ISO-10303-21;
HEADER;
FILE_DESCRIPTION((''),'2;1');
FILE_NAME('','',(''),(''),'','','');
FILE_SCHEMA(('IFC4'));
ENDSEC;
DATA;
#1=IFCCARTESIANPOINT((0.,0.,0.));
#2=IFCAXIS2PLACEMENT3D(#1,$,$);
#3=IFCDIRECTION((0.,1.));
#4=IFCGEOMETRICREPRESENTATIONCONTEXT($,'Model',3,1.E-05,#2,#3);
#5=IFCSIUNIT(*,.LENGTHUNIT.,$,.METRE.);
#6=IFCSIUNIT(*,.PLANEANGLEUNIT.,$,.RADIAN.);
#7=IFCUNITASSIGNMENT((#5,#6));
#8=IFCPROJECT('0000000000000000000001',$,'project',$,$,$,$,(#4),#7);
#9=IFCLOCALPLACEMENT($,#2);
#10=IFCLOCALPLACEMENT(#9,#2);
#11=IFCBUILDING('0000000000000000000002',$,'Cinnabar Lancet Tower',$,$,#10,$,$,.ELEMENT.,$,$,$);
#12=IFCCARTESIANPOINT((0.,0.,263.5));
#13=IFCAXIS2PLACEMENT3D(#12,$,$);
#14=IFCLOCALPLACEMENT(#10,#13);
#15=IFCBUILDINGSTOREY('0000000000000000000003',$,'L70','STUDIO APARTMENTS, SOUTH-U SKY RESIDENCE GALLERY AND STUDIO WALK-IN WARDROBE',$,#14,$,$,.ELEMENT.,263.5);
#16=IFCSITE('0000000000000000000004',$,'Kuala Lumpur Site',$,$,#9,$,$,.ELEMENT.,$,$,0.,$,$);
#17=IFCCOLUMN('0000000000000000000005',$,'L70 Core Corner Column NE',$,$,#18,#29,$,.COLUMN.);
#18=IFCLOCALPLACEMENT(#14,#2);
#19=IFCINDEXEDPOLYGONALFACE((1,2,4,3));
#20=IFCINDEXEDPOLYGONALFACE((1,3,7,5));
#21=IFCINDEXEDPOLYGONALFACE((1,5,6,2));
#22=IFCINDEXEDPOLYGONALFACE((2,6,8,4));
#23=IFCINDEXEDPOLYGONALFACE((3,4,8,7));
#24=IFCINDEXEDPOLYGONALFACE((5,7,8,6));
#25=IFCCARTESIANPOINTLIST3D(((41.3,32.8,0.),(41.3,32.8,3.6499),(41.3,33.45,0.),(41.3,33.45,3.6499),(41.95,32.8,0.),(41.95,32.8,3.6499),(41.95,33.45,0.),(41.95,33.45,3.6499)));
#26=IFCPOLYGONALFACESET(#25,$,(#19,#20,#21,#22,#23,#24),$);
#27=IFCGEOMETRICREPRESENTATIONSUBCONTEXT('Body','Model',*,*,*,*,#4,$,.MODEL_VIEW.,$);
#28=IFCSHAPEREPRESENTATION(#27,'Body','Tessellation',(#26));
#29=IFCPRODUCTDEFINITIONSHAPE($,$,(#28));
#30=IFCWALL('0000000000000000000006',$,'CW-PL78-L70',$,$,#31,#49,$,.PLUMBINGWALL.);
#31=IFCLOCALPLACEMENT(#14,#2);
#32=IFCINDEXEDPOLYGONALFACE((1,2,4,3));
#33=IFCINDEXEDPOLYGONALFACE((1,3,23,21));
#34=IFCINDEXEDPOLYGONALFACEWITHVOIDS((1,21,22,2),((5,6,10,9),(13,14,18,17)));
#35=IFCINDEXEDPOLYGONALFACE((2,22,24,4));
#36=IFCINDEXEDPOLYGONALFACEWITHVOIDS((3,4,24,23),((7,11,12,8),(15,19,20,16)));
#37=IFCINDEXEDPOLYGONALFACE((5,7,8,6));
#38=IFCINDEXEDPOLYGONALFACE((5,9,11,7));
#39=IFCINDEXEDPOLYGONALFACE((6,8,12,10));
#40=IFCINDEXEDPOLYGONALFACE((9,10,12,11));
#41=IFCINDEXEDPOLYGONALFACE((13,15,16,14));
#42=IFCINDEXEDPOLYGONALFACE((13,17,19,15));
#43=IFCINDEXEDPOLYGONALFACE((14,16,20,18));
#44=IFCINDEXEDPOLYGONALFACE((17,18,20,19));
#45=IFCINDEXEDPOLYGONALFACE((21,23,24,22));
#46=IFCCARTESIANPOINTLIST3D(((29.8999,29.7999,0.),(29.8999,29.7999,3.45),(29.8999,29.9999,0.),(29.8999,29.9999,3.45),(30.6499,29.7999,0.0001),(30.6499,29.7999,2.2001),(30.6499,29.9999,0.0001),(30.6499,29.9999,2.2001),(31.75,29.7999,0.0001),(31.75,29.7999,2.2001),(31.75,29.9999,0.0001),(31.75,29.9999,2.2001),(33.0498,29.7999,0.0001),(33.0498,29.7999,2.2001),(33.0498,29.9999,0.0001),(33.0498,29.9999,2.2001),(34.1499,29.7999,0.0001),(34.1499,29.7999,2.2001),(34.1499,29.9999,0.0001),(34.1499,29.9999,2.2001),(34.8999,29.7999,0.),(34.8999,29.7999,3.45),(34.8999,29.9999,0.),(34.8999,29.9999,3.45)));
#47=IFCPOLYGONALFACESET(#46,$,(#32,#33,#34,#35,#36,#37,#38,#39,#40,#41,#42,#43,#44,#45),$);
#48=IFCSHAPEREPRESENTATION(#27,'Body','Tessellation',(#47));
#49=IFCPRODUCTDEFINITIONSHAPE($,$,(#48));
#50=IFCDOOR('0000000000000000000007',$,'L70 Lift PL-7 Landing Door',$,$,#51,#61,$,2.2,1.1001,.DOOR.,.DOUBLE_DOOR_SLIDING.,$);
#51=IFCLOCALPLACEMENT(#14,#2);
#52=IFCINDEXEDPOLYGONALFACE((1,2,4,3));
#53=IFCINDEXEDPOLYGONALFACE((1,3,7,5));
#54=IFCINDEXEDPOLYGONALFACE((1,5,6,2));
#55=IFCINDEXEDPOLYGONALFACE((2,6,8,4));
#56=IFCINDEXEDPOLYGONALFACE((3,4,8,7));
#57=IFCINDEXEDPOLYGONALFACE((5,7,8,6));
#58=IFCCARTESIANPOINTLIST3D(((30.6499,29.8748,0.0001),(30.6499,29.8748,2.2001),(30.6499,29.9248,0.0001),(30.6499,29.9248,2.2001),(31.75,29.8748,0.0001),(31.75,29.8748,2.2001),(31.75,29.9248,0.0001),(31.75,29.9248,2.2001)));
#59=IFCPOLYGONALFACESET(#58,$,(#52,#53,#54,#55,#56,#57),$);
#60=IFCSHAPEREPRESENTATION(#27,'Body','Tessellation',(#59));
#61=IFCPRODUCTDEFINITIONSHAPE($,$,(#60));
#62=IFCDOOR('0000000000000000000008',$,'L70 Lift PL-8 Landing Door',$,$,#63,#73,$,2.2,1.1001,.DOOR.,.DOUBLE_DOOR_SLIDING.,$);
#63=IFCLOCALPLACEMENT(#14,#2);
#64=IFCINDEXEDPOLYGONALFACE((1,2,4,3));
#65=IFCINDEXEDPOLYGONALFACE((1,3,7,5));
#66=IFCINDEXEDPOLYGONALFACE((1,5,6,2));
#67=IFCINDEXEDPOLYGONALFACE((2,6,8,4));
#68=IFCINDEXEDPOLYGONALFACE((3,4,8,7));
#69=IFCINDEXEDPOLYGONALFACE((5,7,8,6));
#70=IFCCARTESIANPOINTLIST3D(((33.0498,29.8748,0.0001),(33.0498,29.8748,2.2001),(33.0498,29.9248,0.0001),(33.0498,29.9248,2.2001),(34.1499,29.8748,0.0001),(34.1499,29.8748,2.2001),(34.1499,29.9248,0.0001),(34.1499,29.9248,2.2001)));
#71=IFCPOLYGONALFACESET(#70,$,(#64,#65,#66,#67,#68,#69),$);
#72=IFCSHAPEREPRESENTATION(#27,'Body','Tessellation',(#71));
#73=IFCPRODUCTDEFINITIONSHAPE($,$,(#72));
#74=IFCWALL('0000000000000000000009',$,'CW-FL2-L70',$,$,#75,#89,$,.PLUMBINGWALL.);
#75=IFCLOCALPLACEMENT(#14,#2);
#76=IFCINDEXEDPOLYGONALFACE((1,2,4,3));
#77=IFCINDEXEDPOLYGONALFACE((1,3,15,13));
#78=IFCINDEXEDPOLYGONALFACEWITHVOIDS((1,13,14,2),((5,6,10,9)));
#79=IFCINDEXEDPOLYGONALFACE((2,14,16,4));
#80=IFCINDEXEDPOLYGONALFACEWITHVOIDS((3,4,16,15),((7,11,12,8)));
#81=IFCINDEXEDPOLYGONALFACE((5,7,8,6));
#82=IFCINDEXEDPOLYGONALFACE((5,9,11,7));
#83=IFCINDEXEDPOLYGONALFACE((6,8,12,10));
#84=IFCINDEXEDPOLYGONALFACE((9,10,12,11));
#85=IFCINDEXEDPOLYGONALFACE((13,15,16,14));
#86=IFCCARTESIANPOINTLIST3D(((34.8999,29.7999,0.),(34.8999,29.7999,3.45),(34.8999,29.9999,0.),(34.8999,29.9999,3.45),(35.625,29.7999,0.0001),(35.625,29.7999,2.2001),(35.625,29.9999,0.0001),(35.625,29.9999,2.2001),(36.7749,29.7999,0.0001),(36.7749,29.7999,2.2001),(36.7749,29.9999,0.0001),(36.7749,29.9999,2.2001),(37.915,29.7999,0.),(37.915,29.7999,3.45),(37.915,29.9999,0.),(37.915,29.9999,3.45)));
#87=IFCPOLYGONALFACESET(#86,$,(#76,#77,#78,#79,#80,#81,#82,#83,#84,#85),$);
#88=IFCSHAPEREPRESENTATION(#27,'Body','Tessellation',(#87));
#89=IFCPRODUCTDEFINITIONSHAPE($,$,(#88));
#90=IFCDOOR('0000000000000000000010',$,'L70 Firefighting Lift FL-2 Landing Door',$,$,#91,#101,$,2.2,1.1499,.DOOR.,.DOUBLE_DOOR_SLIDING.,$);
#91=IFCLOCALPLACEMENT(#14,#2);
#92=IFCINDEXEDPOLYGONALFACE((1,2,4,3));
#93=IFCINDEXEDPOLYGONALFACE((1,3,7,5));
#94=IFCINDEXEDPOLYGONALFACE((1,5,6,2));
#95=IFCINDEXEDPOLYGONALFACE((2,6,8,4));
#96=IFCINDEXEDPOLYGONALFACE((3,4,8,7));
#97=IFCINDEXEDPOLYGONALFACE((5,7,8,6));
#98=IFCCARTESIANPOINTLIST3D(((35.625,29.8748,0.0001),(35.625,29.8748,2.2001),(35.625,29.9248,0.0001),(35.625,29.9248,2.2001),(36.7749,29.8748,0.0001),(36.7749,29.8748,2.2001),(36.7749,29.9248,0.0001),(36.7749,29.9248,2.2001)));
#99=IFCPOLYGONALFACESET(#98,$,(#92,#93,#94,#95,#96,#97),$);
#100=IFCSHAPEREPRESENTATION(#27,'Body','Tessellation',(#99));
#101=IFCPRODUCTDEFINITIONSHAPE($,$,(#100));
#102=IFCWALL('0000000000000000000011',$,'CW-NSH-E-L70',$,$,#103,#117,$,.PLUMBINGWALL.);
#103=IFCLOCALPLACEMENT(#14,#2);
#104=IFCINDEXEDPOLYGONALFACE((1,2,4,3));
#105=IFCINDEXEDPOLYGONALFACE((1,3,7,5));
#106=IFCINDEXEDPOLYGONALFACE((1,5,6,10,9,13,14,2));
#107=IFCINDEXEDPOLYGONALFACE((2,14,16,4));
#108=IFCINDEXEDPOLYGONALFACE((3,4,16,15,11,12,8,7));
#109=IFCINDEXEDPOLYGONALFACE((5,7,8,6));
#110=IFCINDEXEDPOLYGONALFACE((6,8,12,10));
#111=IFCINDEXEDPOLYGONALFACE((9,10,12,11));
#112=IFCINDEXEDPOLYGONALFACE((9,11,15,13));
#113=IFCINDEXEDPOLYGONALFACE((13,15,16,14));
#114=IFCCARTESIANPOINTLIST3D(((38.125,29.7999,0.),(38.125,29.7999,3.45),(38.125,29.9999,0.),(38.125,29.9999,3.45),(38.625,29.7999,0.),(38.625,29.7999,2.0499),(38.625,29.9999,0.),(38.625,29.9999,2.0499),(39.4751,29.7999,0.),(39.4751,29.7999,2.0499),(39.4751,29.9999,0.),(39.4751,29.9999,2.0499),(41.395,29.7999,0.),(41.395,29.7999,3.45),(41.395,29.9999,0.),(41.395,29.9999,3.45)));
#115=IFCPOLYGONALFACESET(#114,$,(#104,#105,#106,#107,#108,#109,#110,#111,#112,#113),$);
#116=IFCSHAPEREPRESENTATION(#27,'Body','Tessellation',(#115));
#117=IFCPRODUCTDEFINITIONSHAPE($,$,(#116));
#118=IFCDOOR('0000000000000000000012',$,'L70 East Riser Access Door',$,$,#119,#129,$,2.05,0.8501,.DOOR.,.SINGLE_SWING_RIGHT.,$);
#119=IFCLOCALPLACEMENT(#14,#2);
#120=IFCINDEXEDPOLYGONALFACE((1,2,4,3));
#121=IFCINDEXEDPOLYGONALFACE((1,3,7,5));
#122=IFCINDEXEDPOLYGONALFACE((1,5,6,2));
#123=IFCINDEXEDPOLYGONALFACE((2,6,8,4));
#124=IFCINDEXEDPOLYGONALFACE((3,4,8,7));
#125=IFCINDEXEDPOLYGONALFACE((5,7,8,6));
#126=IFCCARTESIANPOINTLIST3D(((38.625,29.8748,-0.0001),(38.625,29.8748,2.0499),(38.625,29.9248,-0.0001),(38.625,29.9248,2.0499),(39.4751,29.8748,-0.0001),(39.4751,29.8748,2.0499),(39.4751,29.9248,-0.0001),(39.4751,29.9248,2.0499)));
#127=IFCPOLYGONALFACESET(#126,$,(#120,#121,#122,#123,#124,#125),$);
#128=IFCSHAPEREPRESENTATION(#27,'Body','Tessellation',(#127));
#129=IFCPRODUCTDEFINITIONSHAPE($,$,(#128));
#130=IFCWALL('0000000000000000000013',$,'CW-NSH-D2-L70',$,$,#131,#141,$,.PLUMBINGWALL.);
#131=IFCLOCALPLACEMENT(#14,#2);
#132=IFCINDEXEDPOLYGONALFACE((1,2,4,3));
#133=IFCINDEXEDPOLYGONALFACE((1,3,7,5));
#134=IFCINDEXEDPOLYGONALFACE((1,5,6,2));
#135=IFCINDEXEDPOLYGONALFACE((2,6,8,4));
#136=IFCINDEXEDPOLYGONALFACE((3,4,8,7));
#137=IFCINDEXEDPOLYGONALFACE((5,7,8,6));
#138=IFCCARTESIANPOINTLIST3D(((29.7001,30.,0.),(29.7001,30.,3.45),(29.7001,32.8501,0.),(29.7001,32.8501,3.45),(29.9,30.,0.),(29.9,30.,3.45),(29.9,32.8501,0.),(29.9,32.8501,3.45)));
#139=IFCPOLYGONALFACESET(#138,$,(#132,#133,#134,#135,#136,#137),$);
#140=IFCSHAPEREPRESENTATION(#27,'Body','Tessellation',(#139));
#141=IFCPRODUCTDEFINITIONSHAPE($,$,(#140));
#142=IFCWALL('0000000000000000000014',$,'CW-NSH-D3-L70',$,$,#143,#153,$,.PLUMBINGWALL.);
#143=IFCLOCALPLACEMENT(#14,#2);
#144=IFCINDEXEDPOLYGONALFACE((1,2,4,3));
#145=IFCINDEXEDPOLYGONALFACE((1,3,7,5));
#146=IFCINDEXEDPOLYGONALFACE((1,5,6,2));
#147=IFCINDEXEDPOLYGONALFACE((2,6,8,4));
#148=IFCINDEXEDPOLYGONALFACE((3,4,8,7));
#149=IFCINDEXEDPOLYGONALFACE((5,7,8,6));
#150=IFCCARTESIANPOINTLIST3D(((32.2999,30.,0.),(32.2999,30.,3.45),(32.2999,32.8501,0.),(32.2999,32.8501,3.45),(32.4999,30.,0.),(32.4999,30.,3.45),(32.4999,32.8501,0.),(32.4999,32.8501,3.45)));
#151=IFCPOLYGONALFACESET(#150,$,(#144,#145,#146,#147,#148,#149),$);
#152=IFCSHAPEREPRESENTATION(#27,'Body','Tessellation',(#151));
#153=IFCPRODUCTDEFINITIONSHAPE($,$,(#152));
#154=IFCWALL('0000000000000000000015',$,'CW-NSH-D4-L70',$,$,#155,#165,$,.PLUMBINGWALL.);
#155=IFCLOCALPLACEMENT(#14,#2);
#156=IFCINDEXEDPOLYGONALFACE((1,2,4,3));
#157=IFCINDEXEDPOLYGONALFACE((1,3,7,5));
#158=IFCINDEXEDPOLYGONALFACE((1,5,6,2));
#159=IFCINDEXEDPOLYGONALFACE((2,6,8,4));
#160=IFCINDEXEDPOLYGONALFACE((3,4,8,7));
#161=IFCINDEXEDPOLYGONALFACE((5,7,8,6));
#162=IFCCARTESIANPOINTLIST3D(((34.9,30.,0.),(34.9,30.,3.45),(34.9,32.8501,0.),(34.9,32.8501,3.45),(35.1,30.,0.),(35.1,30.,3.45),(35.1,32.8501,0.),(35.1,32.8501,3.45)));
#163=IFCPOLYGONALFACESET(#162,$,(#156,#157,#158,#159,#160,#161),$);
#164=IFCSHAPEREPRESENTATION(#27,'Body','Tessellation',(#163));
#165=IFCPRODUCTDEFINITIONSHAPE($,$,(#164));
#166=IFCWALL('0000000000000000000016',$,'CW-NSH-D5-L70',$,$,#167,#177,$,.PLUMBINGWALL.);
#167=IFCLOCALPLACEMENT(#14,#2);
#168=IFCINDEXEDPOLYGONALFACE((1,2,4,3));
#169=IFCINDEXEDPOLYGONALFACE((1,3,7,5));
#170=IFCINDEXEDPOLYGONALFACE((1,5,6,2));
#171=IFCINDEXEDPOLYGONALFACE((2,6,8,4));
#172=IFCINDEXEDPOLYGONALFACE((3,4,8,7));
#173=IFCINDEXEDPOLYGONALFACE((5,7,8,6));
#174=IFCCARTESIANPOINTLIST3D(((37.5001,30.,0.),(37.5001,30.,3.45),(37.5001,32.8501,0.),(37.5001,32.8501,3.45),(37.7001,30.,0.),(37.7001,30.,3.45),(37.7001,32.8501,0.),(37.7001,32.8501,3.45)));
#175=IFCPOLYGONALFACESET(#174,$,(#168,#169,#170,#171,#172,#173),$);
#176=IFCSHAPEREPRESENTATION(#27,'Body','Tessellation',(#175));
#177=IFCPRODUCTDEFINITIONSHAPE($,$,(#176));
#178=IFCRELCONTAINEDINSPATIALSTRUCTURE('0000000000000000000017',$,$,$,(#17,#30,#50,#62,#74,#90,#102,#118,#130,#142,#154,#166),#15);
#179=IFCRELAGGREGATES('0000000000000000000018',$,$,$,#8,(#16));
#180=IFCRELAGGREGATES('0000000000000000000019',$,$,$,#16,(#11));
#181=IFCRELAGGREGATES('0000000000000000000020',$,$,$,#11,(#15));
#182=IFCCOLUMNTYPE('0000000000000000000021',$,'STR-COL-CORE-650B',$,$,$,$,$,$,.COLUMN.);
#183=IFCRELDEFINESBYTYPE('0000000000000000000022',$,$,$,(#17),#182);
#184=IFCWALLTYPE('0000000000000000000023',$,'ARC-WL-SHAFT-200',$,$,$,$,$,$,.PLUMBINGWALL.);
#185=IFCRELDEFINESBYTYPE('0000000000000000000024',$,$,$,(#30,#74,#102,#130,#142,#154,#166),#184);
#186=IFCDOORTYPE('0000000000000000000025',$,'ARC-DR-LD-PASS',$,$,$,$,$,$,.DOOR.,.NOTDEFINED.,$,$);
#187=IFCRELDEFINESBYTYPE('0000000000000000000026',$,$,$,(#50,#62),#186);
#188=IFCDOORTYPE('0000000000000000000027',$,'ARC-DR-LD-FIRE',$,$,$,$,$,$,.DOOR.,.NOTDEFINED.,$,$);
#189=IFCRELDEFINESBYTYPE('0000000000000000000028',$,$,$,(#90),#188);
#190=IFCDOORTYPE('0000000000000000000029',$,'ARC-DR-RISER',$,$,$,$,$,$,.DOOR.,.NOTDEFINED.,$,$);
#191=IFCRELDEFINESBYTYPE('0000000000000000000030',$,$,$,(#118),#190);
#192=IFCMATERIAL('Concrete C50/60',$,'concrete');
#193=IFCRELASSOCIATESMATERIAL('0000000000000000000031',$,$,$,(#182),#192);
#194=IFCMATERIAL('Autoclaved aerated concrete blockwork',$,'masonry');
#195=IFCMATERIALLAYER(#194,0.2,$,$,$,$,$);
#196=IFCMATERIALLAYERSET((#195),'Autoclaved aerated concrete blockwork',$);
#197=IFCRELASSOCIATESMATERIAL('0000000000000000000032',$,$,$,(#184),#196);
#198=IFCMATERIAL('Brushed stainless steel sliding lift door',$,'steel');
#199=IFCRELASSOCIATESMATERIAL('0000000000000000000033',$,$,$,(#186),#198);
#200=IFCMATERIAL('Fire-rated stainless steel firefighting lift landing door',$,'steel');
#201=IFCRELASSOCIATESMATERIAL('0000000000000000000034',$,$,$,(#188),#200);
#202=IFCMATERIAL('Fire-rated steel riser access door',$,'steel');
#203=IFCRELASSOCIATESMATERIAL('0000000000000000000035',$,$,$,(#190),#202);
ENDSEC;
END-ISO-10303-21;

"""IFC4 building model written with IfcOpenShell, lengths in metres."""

from ifc_helpers import new_model, si_unit, direction, frame, frame_2d, origin, origin_2d, place, context, subcontext, project, spatial, rectangle, extrude, material, layer, layer_set, material_profile, profile_set, type_object, element, fill, save


model = new_model("IFC4")

# Units and contexts
model_context = context("Model", 3, precision=1e-05, world=origin(), true_north=direction((0.0, 1.0)))
body_context = subcontext(model_context, "Body", "Model", "MODEL_VIEW")
ifc_project = project(units=[si_unit("LENGTHUNIT", "METRE"), si_unit("PLANEANGLEUNIT", "RADIAN")], contexts=[model_context])

# Site, building, storey
site_placement = place(None, origin())
site = spatial("IfcSite", under=ifc_project, at=site_placement, Name="Kuala Lumpur Site", CompositionType="ELEMENT", RefElevation=0.0)
building_placement = place(site_placement, origin())
building = spatial("IfcBuilding", under=site, at=building_placement, Name="Cinnabar Lancet Tower", CompositionType="ELEMENT")
storey_placement = place(building_placement, frame((0.0, 0.0, 263.5)))
storey = spatial("IfcBuildingStorey", under=building, at=storey_placement, Name="L70", Description="STUDIO APARTMENTS, SOUTH-U SKY RESIDENCE GALLERY AND STUDIO WALK-IN WARDROBE", CompositionType="ELEMENT", Elevation=263.5)

# Column
ifc_material_1 = material(Name="Concrete C50/60", Category="concrete")
ifc_material_profile = material_profile(ifc_material_1, rectangle(XDim=0.6499, YDim=0.6499, at=origin_2d()), Name="RC-COL 650x650")
ifc_profile_set = profile_set([ifc_material_profile], Name="Concrete C50/60")
column_type = type_object("IfcColumnType", Name="STR-COL-CORE-650B", PredefinedType="COLUMN", material=ifc_profile_set)
column_placement = place(storey_placement, frame((41.625, 33.125, 0.0), z_axis=(0.0, 0.0, 1.0), x_axis=(1.0, 0.0, 0.0)))
element("IfcColumn", 1, at=column_placement, inside=storey, type_object=column_type, Name="L70 Core Corner Column NE", PredefinedType="COLUMN", context=body_context, shape_type="SweptSolid", body=[
    extrude(rectangle(XDim=0.6499, YDim=0.6499, at=origin_2d()), origin(), (0.0, 0.0, 1.0), 3.6499),
])

# Wall, openings, doors
ifc_material_2 = material(Name="Autoclaved aerated concrete blockwork", Category="masonry")
ifc_layer_1 = layer(ifc_material_2, 0.2)
ifc_layer_set_1 = layer_set([ifc_layer_1], Name="Autoclaved aerated concrete blockwork")
wall_type_1 = type_object("IfcWallType", Name="ARC-WL-SHAFT-200", PredefinedType="PLUMBINGWALL", material=ifc_layer_set_1)
wall_1_placement = place(storey_placement, frame((29.8999, 29.8999, 0.0), z_axis=(0.0, 0.0, 1.0), x_axis=(1.0, 0.0, 0.0)))
wall_1 = element("IfcWall", 2, at=wall_1_placement, inside=storey, type_object=wall_type_1, Name="CW-PL78-L70", PredefinedType="PLUMBINGWALL", context=body_context, shape_type="SweptSolid", body=[
    extrude(rectangle(XDim=5.0, YDim=0.2, at=frame_2d((2.5, 0.0))), origin(), (0.0, 0.0, 1.0), 3.45),
])
opening_1_placement = place(wall_1_placement, frame((0.75, 0.0, 0.0)))
opening_1 = element("IfcOpeningElement", 3, at=opening_1_placement, cuts=wall_1, PredefinedType="OPENING", context=body_context, shape_type="SweptSolid", body=[
    extrude(rectangle(XDim=1.1001, YDim=2.2, at=frame_2d((0.55, 1.1001))), frame((0.0, 0.1099, 0.0), z_axis=(0.0, -1.0, 0.0), x_axis=(1.0, 0.0, 0.0)), (0.0, 0.0, 1.0), 0.22),
])
opening_2_placement = place(wall_1_placement, frame((3.1499, 0.0, 0.0)))
opening_2 = element("IfcOpeningElement", 4, at=opening_2_placement, cuts=wall_1, PredefinedType="OPENING", context=body_context, shape_type="SweptSolid", body=[
    extrude(rectangle(XDim=1.1001, YDim=2.2, at=frame_2d((0.55, 1.1001))), frame((0.0, 0.1099, 0.0), z_axis=(0.0, -1.0, 0.0), x_axis=(1.0, 0.0, 0.0)), (0.0, 0.0, 1.0), 0.22),
])
ifc_material_3 = material(Name="Brushed stainless steel sliding lift door", Category="steel")
door_type_1 = type_object("IfcDoorType", Name="ARC-DR-LD-PASS", OperationType="NOTDEFINED", PredefinedType="DOOR", material=ifc_material_3)
door_1_placement = place(opening_1_placement, origin())
door_1 = element("IfcDoor", 5, at=door_1_placement, inside=storey, type_object=door_type_1, Name="L70 Lift PL-7 Landing Door", OperationType="DOUBLE_DOOR_SLIDING", OverallHeight=2.2, OverallWidth=1.1001, PredefinedType="DOOR", context=body_context, shape_type="SweptSolid", body=[
    extrude(rectangle(XDim=1.1001, YDim=2.2, at=frame_2d((0.55, 1.1001))), frame((0.0, 0.0249, 0.0), z_axis=(0.0, -1.0, 0.0), x_axis=(1.0, 0.0, 0.0)), (0.0, 0.0, 1.0), 0.05),
])
fill(opening_1, door_1)
door_2_placement = place(opening_2_placement, origin())
door_2 = element("IfcDoor", 6, at=door_2_placement, inside=storey, type_object=door_type_1, Name="L70 Lift PL-8 Landing Door", OperationType="DOUBLE_DOOR_SLIDING", OverallHeight=2.2, OverallWidth=1.1001, PredefinedType="DOOR", context=body_context, shape_type="SweptSolid", body=[
    extrude(rectangle(XDim=1.1001, YDim=2.2, at=frame_2d((0.55, 1.1001))), frame((0.0, 0.0249, 0.0), z_axis=(0.0, -1.0, 0.0), x_axis=(1.0, 0.0, 0.0)), (0.0, 0.0, 1.0), 0.05),
])
fill(opening_2, door_2)

# Walls, openings, doors
wall_2_placement = place(storey_placement, frame((34.8999, 29.8999, 0.0), z_axis=(0.0, 0.0, 1.0), x_axis=(1.0, 0.0, 0.0)))
wall_2 = element("IfcWall", 7, at=wall_2_placement, inside=storey, type_object=wall_type_1, Name="CW-FL2-L70", PredefinedType="PLUMBINGWALL", context=body_context, shape_type="SweptSolid", body=[
    extrude(rectangle(XDim=3.0151, YDim=0.2, at=frame_2d((1.5076, 0.0))), origin(), (0.0, 0.0, 1.0), 3.45),
])
opening_3_placement = place(wall_2_placement, frame((0.7251, 0.0, 0.0)))
opening_3 = element("IfcOpeningElement", 8, at=opening_3_placement, cuts=wall_2, PredefinedType="OPENING", context=body_context, shape_type="SweptSolid", body=[
    extrude(rectangle(XDim=1.1499, YDim=2.2, at=frame_2d((0.575, 1.1001))), frame((0.0, 0.1099, 0.0), z_axis=(0.0, -1.0, 0.0), x_axis=(1.0, 0.0, 0.0)), (0.0, 0.0, 1.0), 0.22),
])
ifc_material_4 = material(Name="Fire-rated stainless steel firefighting lift landing door", Category="steel")
door_type_2 = type_object("IfcDoorType", Name="ARC-DR-LD-FIRE", OperationType="NOTDEFINED", PredefinedType="DOOR", material=ifc_material_4)
door_3_placement = place(opening_3_placement, origin())
door_3 = element("IfcDoor", 9, at=door_3_placement, inside=storey, type_object=door_type_2, Name="L70 Firefighting Lift FL-2 Landing Door", OperationType="DOUBLE_DOOR_SLIDING", OverallHeight=2.2, OverallWidth=1.1499, PredefinedType="DOOR", context=body_context, shape_type="SweptSolid", body=[
    extrude(rectangle(XDim=1.1499, YDim=2.2, at=frame_2d((0.575, 1.1001))), frame((0.0, 0.0249, 0.0), z_axis=(0.0, -1.0, 0.0), x_axis=(1.0, 0.0, 0.0)), (0.0, 0.0, 1.0), 0.05),
])
fill(opening_3, door_3)
wall_3_placement = place(storey_placement, frame((38.125, 29.8999, 0.0), z_axis=(0.0, 0.0, 1.0), x_axis=(1.0, 0.0, 0.0)))
wall_3 = element("IfcWall", 10, at=wall_3_placement, inside=storey, type_object=wall_type_1, Name="CW-NSH-E-L70", PredefinedType="PLUMBINGWALL", context=body_context, shape_type="SweptSolid", body=[
    extrude(rectangle(XDim=3.27, YDim=0.2, at=frame_2d((1.635, 0.0))), origin(), (0.0, 0.0, 1.0), 3.45),
])
opening_4_placement = place(wall_3_placement, frame((0.5, 0.0, 0.0)))
opening_4 = element("IfcOpeningElement", 11, at=opening_4_placement, cuts=wall_3, PredefinedType="OPENING", context=body_context, shape_type="SweptSolid", body=[
    extrude(rectangle(XDim=0.8501, YDim=2.05, at=frame_2d((0.425, 1.0249))), frame((0.0, 0.1099, 0.0), z_axis=(0.0, -1.0, 0.0), x_axis=(1.0, 0.0, 0.0)), (0.0, 0.0, 1.0), 0.22),
])
ifc_material_5 = material(Name="Fire-rated steel riser access door", Category="steel")
door_type_3 = type_object("IfcDoorType", Name="ARC-DR-RISER", OperationType="NOTDEFINED", PredefinedType="DOOR", material=ifc_material_5)
door_4_placement = place(opening_4_placement, origin())
door_4 = element("IfcDoor", 12, at=door_4_placement, inside=storey, type_object=door_type_3, Name="L70 East Riser Access Door", OperationType="SINGLE_SWING_RIGHT", OverallHeight=2.05, OverallWidth=0.8501, PredefinedType="DOOR", context=body_context, shape_type="SweptSolid", body=[
    extrude(rectangle(XDim=0.8501, YDim=2.05, at=frame_2d((0.425, 1.0249))), frame((0.0, 0.0249, 0.0), z_axis=(0.0, -1.0, 0.0), x_axis=(1.0, 0.0, 0.0)), (0.0, 0.0, 1.0), 0.05),
])
fill(opening_4, door_4)

# Walls
for number, where, z_axis, x_axis, name in (
    (13, (29.8, 30.0, 0.0), (0.0, 0.0, 1.0), (0.0, 1.0, 0.0), "CW-NSH-D2-L70"),
    (14, (32.3999, 30.0, 0.0), (0.0, 0.0, 1.0), (0.0, 1.0, 0.0), "CW-NSH-D3-L70"),
    (15, (35.0, 30.0, 0.0), (0.0, 0.0, 1.0), (0.0, 1.0, 0.0), "CW-NSH-D4-L70"),
    (16, (37.6001, 30.0, 0.0), (0.0, 0.0, 1.0), (0.0, 1.0, 0.0), "CW-NSH-D5-L70"),
):
    element("IfcWall", number, at=place(storey_placement, frame(where, z_axis=z_axis, x_axis=x_axis)), inside=storey, type_object=wall_type_1, Name=name, PredefinedType="PLUMBINGWALL", context=body_context, shape_type="SweptSolid", body=[
        extrude(rectangle(XDim=2.8501, YDim=0.2, at=frame_2d((1.425, 0.0))), origin(), (0.0, 0.0, 1.0), 3.45),
    ])

save(model, "model.ifc")
